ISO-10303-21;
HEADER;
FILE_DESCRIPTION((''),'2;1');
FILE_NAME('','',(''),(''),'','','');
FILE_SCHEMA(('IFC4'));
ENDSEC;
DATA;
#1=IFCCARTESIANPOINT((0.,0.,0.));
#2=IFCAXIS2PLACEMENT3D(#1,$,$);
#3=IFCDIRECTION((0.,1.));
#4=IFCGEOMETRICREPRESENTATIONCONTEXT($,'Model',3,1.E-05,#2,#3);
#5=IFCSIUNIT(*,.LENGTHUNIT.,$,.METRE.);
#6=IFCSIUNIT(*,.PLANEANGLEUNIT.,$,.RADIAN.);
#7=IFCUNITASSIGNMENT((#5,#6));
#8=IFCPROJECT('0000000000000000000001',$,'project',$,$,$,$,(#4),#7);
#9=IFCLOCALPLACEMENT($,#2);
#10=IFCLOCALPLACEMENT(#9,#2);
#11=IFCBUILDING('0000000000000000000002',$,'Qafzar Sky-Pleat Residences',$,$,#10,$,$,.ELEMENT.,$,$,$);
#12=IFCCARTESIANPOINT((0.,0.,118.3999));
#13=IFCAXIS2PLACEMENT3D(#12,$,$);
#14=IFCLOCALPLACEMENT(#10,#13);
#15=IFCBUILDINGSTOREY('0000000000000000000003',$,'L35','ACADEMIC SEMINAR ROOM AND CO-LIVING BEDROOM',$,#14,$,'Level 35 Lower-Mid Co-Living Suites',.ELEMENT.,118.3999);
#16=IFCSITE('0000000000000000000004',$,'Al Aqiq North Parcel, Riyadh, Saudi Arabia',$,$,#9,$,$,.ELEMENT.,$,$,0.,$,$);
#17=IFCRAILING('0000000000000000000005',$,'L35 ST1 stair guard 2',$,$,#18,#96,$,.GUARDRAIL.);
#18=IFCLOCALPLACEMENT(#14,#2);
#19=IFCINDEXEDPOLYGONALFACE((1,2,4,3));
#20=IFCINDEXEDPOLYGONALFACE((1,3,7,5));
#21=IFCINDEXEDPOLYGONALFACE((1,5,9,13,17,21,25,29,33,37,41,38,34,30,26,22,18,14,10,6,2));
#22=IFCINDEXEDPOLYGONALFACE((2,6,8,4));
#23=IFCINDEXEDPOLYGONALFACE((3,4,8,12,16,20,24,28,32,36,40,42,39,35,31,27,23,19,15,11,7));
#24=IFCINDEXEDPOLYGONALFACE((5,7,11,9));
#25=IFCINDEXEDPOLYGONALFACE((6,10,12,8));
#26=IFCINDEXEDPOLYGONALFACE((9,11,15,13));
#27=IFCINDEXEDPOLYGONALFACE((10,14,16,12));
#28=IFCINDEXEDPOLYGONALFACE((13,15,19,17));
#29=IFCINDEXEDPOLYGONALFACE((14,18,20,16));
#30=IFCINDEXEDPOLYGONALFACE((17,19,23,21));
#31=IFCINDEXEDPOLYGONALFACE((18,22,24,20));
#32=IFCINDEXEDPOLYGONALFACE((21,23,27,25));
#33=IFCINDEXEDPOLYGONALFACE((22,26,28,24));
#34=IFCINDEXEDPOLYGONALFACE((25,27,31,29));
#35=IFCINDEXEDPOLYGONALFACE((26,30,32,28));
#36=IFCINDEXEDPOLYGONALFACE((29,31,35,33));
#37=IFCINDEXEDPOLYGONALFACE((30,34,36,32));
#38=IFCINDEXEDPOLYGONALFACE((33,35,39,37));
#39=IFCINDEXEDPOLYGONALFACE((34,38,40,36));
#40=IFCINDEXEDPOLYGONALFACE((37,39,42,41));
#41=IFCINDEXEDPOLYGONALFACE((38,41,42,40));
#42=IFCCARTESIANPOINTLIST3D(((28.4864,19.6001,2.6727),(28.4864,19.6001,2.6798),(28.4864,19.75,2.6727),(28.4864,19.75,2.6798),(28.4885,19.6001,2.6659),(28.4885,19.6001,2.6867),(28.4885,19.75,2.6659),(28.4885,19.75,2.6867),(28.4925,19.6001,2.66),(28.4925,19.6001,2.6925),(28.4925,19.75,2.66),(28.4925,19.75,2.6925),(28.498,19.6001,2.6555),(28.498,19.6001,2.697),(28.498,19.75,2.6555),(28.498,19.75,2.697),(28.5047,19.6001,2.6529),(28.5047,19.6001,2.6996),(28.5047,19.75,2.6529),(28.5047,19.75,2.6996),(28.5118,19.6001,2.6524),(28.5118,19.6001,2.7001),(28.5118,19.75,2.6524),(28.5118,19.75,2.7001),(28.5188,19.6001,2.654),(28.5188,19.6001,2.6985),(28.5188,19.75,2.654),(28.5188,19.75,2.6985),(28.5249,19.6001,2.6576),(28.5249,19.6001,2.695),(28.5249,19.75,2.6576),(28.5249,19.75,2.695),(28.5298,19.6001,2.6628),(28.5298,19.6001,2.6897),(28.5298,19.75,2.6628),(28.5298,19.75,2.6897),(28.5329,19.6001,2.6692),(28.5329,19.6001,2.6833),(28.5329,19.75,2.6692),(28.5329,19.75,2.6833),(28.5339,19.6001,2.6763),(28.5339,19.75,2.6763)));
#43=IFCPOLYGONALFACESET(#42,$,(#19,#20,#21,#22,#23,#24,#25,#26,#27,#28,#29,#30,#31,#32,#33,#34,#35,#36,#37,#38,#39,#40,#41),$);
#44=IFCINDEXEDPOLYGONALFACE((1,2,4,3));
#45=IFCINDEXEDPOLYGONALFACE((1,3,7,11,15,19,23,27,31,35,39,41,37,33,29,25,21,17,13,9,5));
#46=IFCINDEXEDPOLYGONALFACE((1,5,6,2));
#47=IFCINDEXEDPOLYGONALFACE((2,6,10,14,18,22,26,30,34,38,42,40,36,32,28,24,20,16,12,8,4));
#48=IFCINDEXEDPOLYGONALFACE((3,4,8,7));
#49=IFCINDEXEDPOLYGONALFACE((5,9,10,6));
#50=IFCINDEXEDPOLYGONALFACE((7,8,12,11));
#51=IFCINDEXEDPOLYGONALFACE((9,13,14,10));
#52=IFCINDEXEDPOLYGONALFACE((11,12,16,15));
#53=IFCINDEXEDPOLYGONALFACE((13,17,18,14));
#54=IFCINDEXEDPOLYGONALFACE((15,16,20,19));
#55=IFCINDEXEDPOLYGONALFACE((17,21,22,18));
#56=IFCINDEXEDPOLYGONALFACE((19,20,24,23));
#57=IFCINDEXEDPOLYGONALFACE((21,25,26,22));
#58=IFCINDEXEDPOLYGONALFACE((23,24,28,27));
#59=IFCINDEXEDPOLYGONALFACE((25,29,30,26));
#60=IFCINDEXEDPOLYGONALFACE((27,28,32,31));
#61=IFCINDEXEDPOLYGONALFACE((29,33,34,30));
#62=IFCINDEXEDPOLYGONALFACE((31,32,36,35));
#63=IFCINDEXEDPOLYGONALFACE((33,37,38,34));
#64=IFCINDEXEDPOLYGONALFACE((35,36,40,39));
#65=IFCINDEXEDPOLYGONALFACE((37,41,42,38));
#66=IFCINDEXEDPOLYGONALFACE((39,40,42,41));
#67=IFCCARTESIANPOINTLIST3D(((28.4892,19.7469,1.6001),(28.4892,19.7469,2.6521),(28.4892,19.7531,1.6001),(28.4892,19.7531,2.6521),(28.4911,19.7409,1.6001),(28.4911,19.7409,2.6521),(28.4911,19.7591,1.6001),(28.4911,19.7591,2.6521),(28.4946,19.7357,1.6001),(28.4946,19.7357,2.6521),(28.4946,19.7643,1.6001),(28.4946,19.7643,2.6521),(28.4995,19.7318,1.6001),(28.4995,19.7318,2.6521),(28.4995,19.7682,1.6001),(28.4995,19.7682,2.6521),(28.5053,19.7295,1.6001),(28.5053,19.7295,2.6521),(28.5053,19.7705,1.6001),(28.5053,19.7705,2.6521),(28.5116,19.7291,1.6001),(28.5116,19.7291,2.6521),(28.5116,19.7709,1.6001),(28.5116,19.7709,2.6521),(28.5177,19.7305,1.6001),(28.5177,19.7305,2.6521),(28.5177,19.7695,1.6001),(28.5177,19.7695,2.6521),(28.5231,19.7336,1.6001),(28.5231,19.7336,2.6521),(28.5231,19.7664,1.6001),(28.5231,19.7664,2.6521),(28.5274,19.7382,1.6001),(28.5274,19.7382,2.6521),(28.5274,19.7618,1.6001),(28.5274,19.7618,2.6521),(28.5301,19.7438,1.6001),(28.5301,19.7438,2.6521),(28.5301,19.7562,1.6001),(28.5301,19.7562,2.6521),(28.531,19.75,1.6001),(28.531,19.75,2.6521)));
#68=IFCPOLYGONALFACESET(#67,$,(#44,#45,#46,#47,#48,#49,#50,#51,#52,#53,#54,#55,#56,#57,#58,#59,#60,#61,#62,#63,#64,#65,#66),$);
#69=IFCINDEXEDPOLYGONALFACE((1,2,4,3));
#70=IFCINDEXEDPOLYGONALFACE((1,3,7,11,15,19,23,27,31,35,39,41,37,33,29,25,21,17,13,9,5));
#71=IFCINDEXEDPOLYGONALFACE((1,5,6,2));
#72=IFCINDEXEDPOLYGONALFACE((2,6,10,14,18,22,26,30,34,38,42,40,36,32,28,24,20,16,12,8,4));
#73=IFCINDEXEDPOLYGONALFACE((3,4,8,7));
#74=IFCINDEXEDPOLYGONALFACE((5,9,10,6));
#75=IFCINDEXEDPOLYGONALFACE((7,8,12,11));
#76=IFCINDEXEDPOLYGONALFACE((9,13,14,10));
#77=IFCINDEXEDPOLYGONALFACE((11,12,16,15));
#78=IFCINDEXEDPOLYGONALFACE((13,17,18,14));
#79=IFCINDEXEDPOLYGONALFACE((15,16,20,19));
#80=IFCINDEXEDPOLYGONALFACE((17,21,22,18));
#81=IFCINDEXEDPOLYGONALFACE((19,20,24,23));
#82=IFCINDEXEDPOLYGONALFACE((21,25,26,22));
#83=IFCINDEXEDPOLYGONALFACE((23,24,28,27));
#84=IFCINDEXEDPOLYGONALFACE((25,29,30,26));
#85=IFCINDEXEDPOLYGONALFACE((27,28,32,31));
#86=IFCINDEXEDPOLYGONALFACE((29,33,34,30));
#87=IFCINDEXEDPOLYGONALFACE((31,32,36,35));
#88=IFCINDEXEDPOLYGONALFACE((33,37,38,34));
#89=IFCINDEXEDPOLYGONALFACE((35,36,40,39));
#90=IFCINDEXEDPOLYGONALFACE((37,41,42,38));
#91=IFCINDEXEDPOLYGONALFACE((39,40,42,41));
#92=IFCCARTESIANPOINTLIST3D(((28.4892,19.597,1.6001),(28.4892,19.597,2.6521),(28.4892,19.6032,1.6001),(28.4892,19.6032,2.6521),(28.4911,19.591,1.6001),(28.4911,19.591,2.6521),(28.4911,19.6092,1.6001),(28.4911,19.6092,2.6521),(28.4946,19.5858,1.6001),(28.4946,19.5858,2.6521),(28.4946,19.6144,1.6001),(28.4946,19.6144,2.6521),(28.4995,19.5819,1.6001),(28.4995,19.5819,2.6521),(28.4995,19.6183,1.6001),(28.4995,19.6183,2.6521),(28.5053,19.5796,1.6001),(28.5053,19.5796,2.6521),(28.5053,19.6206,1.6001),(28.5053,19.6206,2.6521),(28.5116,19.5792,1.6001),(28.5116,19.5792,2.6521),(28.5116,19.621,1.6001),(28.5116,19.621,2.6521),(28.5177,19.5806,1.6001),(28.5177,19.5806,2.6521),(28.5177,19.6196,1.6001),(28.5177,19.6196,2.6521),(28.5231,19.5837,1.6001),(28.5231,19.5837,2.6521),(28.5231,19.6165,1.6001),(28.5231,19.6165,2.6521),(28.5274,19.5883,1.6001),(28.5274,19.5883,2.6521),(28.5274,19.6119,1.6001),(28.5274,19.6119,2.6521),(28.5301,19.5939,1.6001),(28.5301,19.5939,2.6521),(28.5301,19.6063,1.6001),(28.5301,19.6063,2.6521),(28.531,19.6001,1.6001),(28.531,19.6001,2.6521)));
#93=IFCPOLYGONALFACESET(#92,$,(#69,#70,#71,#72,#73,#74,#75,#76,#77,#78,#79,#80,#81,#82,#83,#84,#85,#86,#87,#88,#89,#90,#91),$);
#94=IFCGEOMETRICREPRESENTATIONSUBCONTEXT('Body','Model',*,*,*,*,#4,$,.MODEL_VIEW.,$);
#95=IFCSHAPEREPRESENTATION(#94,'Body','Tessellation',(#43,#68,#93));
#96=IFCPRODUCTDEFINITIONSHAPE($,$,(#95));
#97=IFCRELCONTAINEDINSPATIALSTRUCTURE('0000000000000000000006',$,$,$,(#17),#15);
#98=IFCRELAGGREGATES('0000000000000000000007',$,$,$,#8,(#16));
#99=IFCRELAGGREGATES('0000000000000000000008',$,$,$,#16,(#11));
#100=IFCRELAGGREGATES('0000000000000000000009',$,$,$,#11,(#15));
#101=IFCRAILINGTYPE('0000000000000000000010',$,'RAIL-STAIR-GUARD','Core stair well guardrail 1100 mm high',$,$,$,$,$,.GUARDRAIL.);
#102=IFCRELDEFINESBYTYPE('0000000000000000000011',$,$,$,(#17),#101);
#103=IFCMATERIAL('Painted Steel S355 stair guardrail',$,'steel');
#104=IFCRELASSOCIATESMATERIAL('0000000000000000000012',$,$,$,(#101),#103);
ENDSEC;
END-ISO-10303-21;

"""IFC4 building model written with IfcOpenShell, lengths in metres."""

from ifc_helpers import new_model, si_unit, direction, frame, origin, origin_2d, place, context, subcontext, project, spatial, circle, extrude, source, transform, mapped, material, type_object, element, save


model = new_model("IFC4")

# Units and contexts
model_context = context("Model", 3, precision=1e-05, world=origin(), true_north=direction((0.0, 1.0)))
body_context = subcontext(model_context, "Body", "Model", "MODEL_VIEW")
ifc_project = project(units=[si_unit("LENGTHUNIT", "METRE"), si_unit("PLANEANGLEUNIT", "RADIAN")], contexts=[model_context])

# Site, building, storey
site_placement = place(None, origin())
site = spatial("IfcSite", under=ifc_project, at=site_placement, Name="Al Aqiq North Parcel, Riyadh, Saudi Arabia", CompositionType="ELEMENT", RefElevation=0.0)
building_placement = place(site_placement, origin())
building = spatial("IfcBuilding", under=site, at=building_placement, Name="Qafzar Sky-Pleat Residences", CompositionType="ELEMENT")
storey_placement = place(building_placement, frame((0.0, 0.0, 118.3999)))
storey = spatial("IfcBuildingStorey", under=building, at=storey_placement, Name="L35", Description="ACADEMIC SEMINAR ROOM AND CO-LIVING BEDROOM", LongName="Level 35 Lower-Mid Co-Living Suites", CompositionType="ELEMENT", Elevation=118.3999)

# Railing
ifc_material_1 = material(Name="Painted Steel S355 stair guardrail", Category="steel")
railing_type_1 = type_object("IfcRailingType", Name="RAIL-STAIR-GUARD", Description="Core stair well guardrail 1100 mm high", PredefinedType="GUARDRAIL", material=ifc_material_1)
shared_shape_1 = source(origin(), body_context, "Body", "SweptSolid", [
    extrude(circle(Radius=0.0239, at=origin_2d()), frame((0.0, 0.0, 1.0762), z_axis=(0.0, -1.0, 0.0), x_axis=(1.0, 0.0, 0.0)), (0.0, 0.0, 1.0), 0.1499),
    extrude(circle(Radius=0.021, at=origin_2d()), origin(), (0.0, 0.0, 1.0), 1.052),
    extrude(circle(Radius=0.021, at=origin_2d()), frame((0.0, -0.1499, 0.0)), (0.0, 0.0, 1.0), 1.052),
])
railing_placement = place(storey_placement, frame((28.51, 19.75, 1.6001)))
element("IfcRailing", 1, at=railing_placement, inside=storey, type_object=railing_type_1, Name="L35 ST1 stair guard 2", PredefinedType="GUARDRAIL", context=body_context, shape_type="MappedRepresentation", body=[
    mapped(shared_shape_1, transform((0.0, 0.0, 0.0), x_axis=(1.0, 0.0, 0.0), y_axis=(0.0, 1.0, 0.0), z_axis=(0.0, 0.0, 1.0), scale=1.0)),
])

save(model, "model.ifc")
